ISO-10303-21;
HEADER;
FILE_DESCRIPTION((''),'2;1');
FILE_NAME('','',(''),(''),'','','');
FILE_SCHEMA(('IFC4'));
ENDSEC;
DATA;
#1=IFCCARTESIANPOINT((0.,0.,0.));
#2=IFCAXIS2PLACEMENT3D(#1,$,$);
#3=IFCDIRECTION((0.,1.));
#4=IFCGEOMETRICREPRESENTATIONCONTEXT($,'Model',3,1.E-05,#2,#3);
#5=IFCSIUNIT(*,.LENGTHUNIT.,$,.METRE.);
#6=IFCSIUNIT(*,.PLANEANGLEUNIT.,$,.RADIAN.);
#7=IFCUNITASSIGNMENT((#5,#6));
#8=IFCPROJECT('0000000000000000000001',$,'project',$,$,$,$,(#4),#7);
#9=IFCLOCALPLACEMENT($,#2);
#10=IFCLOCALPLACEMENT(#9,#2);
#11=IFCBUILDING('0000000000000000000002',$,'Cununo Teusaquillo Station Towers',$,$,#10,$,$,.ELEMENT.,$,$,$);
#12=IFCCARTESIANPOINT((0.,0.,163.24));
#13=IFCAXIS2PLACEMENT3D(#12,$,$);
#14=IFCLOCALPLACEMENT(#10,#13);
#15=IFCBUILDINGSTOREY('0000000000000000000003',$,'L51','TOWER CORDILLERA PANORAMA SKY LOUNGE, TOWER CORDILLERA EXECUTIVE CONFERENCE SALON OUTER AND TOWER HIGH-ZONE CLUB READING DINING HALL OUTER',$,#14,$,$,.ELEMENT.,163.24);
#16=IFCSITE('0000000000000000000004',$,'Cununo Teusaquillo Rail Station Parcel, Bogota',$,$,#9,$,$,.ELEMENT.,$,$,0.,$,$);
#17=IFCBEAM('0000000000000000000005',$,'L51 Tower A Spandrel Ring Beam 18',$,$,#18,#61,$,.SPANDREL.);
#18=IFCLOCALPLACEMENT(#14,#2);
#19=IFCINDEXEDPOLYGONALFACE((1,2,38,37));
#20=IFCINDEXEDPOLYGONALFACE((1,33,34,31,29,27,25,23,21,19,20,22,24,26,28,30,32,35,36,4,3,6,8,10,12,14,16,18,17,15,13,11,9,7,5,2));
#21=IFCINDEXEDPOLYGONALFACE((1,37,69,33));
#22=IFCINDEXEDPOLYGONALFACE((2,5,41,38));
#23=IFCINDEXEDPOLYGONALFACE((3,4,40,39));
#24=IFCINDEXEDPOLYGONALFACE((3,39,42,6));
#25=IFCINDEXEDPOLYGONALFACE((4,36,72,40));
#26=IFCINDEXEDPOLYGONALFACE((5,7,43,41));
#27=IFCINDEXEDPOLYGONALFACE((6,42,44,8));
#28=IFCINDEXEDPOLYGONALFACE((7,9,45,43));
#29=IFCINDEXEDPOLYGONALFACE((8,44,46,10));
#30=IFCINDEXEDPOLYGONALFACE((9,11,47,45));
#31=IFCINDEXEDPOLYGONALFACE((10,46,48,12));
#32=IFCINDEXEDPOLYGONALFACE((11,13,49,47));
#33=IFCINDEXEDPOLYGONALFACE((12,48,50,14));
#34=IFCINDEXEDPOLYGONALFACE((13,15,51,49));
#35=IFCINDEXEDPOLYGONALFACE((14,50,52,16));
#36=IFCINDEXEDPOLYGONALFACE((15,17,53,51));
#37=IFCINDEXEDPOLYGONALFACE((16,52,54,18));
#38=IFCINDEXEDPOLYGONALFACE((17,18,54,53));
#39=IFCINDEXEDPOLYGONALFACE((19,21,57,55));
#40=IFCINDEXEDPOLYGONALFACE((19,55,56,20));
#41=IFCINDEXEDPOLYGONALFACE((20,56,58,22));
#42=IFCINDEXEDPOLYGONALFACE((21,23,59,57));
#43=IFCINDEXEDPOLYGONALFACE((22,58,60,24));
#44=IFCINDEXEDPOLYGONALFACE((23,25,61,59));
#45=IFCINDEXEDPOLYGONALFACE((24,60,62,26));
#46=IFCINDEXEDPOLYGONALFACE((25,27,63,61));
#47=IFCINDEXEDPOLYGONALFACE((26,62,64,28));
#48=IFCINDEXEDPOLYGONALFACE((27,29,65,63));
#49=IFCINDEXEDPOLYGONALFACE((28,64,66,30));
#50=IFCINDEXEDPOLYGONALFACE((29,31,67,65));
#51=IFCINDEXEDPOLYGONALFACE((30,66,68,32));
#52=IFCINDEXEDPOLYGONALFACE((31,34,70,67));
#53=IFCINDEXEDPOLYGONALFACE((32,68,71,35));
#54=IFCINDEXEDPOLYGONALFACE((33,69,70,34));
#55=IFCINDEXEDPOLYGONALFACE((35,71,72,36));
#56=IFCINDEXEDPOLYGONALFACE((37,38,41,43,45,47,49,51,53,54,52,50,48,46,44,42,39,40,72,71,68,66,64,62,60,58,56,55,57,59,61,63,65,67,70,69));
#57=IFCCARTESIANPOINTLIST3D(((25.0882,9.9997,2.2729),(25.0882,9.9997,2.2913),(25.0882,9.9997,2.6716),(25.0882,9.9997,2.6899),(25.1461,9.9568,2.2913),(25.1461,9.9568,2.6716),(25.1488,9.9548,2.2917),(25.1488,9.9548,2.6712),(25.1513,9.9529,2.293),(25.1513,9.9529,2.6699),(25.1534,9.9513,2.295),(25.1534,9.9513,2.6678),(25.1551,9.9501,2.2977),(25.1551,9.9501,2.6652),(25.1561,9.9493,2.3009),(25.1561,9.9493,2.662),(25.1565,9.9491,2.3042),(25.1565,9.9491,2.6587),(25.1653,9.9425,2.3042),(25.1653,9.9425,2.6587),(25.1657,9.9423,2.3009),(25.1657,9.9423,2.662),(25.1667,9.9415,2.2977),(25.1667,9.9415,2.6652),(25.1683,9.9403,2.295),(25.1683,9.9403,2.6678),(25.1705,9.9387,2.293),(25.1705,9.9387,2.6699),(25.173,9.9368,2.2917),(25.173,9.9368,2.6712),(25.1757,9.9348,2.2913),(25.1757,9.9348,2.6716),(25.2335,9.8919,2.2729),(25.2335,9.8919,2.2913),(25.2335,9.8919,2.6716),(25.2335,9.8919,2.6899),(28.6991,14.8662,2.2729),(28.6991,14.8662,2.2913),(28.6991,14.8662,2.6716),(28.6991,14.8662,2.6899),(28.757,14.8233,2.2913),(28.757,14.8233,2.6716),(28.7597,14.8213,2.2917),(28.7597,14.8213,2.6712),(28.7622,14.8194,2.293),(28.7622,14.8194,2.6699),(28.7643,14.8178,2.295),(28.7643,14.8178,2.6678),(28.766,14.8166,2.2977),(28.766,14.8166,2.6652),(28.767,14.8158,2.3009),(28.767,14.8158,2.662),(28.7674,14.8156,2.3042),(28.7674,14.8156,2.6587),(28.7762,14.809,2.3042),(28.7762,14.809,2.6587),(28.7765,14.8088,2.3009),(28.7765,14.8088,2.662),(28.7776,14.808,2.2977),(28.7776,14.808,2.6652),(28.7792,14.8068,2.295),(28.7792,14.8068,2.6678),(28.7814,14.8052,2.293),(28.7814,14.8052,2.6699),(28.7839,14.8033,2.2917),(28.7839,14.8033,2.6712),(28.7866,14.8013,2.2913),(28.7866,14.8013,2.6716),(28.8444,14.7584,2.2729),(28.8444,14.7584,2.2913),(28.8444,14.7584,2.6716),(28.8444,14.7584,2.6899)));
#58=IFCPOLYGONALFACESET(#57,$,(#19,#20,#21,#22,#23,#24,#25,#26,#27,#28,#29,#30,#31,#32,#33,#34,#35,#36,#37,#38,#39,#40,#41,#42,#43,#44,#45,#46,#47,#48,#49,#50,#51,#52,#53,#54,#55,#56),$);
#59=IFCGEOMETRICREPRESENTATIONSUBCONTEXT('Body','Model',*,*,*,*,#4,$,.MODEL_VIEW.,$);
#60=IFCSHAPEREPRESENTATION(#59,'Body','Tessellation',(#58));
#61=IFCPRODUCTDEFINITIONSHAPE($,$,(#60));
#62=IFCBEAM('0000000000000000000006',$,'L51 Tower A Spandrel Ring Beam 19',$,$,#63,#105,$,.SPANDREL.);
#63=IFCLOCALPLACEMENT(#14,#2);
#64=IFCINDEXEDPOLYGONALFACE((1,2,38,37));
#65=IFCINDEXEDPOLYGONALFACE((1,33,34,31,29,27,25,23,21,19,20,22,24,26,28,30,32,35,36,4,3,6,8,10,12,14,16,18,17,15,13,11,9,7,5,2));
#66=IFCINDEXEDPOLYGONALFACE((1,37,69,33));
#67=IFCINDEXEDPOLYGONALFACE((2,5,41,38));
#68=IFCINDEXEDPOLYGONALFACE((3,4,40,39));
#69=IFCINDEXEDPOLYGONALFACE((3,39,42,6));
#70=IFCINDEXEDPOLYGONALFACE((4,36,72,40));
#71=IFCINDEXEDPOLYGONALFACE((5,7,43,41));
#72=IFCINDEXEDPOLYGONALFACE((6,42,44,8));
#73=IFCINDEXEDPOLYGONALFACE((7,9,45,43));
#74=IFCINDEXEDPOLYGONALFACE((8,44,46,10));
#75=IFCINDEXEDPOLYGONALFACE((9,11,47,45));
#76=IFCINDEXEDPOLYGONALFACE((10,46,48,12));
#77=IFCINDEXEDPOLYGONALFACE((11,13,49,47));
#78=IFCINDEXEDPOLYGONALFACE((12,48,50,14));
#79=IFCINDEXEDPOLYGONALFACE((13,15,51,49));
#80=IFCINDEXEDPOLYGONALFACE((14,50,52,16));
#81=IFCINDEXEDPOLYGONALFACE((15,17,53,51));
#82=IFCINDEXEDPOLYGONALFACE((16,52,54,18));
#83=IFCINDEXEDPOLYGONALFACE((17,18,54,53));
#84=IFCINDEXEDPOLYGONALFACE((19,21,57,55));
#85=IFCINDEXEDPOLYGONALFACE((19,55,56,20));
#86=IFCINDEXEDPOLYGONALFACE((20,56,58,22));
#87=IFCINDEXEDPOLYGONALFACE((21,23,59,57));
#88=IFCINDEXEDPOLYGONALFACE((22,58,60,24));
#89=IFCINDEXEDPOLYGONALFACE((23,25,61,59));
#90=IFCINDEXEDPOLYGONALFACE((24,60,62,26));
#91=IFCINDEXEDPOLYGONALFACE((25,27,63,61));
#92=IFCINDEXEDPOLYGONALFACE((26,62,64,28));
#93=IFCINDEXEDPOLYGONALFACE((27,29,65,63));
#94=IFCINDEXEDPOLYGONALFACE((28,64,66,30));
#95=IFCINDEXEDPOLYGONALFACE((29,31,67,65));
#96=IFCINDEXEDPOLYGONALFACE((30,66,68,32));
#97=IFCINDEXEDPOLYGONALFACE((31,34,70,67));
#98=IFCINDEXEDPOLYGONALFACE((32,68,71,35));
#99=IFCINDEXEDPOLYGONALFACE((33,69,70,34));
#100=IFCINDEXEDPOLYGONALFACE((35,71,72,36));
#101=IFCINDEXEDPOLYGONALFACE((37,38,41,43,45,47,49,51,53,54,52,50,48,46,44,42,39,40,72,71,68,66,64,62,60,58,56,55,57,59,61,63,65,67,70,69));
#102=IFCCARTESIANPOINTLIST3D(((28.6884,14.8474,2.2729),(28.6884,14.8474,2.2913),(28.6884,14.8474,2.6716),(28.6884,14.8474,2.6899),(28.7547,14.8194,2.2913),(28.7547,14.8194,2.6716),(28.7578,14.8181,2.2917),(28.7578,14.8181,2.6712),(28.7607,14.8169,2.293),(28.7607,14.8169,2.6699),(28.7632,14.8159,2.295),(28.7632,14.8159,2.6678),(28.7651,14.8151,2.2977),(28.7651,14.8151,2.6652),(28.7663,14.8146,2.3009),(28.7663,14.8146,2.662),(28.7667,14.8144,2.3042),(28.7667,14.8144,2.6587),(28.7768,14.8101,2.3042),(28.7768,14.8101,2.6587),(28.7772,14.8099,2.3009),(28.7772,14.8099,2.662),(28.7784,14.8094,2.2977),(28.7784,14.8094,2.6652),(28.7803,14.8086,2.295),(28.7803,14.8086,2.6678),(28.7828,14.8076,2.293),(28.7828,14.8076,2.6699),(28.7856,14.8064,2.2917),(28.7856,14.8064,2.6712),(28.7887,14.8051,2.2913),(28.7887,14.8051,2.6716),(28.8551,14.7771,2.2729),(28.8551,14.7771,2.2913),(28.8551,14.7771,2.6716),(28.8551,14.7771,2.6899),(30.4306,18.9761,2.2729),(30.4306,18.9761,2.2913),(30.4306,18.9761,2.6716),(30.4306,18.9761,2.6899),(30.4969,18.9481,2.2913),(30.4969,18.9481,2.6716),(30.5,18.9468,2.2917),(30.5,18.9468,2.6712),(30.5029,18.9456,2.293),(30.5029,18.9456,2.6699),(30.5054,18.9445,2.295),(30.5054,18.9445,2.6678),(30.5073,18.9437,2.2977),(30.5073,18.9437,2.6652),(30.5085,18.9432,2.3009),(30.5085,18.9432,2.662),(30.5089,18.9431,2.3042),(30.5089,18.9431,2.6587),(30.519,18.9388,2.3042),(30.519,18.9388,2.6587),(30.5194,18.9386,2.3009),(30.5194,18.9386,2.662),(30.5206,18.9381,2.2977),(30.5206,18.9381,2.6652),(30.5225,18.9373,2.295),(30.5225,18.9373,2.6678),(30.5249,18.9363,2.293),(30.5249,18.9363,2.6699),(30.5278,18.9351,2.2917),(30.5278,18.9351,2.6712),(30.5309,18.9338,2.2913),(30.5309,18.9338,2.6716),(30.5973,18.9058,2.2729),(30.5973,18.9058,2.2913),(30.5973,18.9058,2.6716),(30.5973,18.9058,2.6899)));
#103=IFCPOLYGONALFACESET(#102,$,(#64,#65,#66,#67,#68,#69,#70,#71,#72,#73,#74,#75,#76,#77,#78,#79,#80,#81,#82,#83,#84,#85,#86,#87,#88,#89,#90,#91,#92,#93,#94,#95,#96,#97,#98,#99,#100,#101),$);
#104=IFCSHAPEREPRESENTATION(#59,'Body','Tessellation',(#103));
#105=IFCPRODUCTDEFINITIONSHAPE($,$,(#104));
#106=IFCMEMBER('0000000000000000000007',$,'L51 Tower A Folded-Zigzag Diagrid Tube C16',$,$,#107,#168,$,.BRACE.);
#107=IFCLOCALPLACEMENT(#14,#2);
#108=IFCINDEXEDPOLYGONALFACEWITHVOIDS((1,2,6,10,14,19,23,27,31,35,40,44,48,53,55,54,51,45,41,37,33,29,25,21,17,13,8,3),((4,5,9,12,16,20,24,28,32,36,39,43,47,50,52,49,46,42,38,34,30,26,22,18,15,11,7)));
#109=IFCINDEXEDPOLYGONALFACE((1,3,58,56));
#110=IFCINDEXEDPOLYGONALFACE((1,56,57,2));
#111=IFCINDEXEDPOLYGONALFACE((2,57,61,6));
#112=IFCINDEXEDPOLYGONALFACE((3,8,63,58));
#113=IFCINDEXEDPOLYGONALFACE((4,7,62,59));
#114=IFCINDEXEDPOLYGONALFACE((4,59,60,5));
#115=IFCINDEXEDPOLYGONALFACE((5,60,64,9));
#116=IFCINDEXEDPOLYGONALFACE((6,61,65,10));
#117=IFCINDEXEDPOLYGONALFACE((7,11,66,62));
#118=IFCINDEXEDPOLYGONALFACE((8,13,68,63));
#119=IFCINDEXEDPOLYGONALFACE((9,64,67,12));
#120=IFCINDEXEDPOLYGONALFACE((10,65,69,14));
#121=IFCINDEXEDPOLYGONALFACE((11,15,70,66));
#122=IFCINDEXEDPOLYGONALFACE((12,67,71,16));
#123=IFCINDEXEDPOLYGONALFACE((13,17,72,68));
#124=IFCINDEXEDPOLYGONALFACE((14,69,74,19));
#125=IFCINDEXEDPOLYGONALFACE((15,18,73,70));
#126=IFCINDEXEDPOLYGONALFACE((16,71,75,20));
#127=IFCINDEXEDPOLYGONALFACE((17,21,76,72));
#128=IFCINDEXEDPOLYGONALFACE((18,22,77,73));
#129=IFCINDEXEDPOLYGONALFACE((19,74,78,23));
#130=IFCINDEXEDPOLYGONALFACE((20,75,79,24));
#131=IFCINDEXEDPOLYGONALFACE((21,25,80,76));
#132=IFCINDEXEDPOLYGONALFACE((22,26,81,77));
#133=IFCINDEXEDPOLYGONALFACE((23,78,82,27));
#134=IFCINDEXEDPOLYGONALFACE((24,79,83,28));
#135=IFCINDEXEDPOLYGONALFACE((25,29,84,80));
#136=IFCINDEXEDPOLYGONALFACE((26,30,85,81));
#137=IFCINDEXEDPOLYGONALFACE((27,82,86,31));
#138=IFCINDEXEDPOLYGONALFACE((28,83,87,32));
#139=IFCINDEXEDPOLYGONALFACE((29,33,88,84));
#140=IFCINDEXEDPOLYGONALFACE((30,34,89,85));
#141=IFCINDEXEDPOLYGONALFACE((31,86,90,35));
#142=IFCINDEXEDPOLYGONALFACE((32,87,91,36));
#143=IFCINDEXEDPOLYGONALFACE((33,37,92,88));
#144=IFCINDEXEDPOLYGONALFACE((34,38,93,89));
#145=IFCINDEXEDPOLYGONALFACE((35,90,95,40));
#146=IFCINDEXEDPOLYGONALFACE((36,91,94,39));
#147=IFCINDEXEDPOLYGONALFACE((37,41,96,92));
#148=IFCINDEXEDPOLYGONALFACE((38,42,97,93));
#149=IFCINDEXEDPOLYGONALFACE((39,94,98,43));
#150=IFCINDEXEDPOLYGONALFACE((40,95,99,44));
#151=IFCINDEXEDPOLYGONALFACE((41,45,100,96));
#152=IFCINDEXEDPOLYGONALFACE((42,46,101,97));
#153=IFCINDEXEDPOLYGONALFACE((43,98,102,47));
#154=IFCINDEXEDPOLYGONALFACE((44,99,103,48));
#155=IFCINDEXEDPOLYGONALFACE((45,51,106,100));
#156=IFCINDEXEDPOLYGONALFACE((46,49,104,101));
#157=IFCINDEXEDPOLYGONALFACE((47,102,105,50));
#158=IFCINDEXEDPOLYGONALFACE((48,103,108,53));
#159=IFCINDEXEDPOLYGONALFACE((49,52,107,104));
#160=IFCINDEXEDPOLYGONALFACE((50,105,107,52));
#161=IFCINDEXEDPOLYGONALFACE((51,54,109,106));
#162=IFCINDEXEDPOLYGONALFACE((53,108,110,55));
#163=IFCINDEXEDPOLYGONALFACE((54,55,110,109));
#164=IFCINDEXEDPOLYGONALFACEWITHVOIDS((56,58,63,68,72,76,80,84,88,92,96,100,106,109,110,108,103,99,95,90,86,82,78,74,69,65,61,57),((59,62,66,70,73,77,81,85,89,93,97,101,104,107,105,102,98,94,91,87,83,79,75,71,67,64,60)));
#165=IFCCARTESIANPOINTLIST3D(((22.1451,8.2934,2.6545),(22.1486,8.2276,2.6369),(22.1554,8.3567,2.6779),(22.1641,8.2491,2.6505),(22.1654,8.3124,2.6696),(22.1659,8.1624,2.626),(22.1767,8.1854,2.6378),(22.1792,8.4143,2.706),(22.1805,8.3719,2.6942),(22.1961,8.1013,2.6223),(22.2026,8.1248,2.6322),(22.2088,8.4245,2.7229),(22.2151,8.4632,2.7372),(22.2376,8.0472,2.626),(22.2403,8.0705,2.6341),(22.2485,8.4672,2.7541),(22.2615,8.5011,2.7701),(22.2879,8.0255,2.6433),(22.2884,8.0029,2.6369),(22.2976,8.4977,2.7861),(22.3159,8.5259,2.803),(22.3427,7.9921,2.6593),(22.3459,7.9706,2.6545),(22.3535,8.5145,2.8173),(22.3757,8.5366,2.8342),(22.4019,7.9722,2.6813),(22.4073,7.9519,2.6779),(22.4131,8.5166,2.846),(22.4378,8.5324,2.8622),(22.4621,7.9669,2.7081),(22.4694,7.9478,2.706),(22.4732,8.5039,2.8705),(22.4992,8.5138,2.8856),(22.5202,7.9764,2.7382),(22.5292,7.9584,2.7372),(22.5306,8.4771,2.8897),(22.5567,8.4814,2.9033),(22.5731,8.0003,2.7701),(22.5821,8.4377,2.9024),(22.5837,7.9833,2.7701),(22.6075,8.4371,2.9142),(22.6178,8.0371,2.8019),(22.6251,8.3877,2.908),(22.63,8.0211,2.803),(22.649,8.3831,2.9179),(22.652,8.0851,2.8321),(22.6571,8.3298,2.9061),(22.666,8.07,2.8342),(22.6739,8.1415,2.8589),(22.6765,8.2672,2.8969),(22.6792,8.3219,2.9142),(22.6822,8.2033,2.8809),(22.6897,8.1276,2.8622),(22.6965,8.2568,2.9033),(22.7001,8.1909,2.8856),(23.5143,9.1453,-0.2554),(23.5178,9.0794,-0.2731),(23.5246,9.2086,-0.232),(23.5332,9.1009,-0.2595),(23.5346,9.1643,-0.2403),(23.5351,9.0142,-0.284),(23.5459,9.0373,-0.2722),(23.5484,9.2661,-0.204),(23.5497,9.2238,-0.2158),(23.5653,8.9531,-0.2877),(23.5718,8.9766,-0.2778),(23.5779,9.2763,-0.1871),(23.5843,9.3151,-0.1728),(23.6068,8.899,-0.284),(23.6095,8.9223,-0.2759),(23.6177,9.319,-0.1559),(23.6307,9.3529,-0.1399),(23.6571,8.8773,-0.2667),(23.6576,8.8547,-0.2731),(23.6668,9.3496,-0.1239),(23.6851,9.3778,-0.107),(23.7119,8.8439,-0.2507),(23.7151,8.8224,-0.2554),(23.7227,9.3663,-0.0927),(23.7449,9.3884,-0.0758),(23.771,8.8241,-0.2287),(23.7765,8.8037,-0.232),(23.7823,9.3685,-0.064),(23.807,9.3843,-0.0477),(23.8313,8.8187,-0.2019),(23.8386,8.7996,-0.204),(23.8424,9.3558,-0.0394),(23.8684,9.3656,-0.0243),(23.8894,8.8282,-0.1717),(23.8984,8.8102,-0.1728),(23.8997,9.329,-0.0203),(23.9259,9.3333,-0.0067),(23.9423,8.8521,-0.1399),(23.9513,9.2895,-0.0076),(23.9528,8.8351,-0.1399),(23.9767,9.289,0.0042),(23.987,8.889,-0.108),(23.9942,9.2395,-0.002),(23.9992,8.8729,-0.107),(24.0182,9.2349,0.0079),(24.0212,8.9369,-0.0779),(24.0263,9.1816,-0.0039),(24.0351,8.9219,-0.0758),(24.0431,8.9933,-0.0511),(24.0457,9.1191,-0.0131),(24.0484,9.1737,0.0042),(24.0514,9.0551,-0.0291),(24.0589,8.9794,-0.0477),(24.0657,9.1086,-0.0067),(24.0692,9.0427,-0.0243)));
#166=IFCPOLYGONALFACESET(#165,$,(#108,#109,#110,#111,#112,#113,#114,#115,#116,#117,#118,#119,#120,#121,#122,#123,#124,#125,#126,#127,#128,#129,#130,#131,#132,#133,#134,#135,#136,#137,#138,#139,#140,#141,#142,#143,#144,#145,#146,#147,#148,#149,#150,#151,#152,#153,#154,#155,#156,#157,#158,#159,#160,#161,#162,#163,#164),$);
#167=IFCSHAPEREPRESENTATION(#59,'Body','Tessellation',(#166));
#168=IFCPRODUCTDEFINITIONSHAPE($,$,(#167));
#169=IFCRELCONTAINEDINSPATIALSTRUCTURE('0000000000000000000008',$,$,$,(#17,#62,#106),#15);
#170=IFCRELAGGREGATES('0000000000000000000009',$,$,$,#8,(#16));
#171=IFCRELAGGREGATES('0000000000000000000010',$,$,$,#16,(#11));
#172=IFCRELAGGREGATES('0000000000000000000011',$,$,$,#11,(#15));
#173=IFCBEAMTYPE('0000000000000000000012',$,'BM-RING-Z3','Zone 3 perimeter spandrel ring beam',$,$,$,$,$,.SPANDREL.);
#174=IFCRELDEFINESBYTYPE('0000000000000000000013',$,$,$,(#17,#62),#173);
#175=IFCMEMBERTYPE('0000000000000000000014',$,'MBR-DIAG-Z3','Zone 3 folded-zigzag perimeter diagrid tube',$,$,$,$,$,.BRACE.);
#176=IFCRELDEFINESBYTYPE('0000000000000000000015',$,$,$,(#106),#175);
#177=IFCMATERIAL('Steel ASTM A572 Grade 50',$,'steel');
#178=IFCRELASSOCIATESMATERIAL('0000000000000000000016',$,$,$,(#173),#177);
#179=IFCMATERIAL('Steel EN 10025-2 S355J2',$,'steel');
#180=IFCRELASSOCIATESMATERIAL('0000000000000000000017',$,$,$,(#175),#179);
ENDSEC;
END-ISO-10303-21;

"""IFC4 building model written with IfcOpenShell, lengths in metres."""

from ifc_helpers import new_model, si_unit, direction, frame, origin, origin_2d, place, context, subcontext, project, spatial, hollow_circle, i_section, extrude, material, material_profile, profile_set, type_object, element, save


model = new_model("IFC4")

# Units and contexts
model_context = context("Model", 3, precision=1e-05, world=origin(), true_north=direction((0.0, 1.0)))
body_context = subcontext(model_context, "Body", "Model", "MODEL_VIEW")
ifc_project = project(units=[si_unit("LENGTHUNIT", "METRE"), si_unit("PLANEANGLEUNIT", "RADIAN")], contexts=[model_context])

# Site, building, storey
site_placement = place(None, origin())
site = spatial("IfcSite", under=ifc_project, at=site_placement, Name="Cununo Teusaquillo Rail Station Parcel, Bogota", CompositionType="ELEMENT", RefElevation=0.0)
building_placement = place(site_placement, origin())
building = spatial("IfcBuilding", under=site, at=building_placement, Name="Cununo Teusaquillo Station Towers", CompositionType="ELEMENT")
storey_placement = place(building_placement, frame((0.0, 0.0, 163.24)))
storey = spatial("IfcBuildingStorey", under=building, at=storey_placement, Name="L51", Description="TOWER CORDILLERA PANORAMA SKY LOUNGE, TOWER CORDILLERA EXECUTIVE CONFERENCE SALON OUTER AND TOWER HIGH-ZONE CLUB READING DINING HALL OUTER", CompositionType="ELEMENT", Elevation=163.24)

# Beams
ifc_material_1 = material(Name="Steel ASTM A572 Grade 50", Category="steel")
ifc_material_profile_1 = material_profile(ifc_material_1, i_section(OverallWidth=0.1809, OverallDepth=0.417, WebThickness=0.011, FlangeThickness=0.0183, FilletRadius=0.0129, at=origin_2d()), Name="W16X57")
ifc_profile_set_1 = profile_set([ifc_material_profile_1], Name="Steel ASTM A572 Grade 50")
beam_type_1 = type_object("IfcBeamType", Name="BM-RING-Z3", Description="Zone 3 perimeter spandrel ring beam", PredefinedType="SPANDREL", material=ifc_profile_set_1)
beam_1_placement = place(storey_placement, frame((25.1609, 9.9458, 2.4814), z_axis=(0.595873, 0.803079, 0.0), x_axis=(-0.803079, 0.595873, 0.0)))
element("IfcBeam", 1, at=beam_1_placement, inside=storey, type_object=beam_type_1, Name="L51 Tower A Spandrel Ring Beam 18", PredefinedType="SPANDREL", context=body_context, shape_type="SweptSolid", body=[
    extrude(i_section(OverallWidth=0.1809, OverallDepth=0.417, WebThickness=0.011, FlangeThickness=0.0183, FilletRadius=0.0129, at=origin_2d()), origin(), (0.0, 0.0, 1.0), 6.0598),
])
beam_2_placement = place(storey_placement, frame((28.7717, 14.8123, 2.4814), z_axis=(0.388778, 0.921332, 0.0), x_axis=(-0.921332, 0.388778, 0.0)))
element("IfcBeam", 2, at=beam_2_placement, inside=storey, type_object=beam_type_1, Name="L51 Tower A Spandrel Ring Beam 19", PredefinedType="SPANDREL", context=body_context, shape_type="SweptSolid", body=[
    extrude(i_section(OverallWidth=0.1809, OverallDepth=0.417, WebThickness=0.011, FlangeThickness=0.0183, FilletRadius=0.0129, at=origin_2d()), origin(), (0.0, 0.0, 1.0), 4.4812),
])

# Member
ifc_material_2 = material(Name="Steel EN 10025-2 S355J2", Category="steel")
ifc_material_profile_2 = material_profile(ifc_material_2, hollow_circle(Radius=0.3049, WallThickness=0.02, at=origin_2d()), Name="CHS 610x20")
ifc_profile_set_2 = profile_set([ifc_material_profile_2], Name="Steel EN 10025-2 S355J2")
member_type = type_object("IfcMemberType", Name="MBR-DIAG-Z3", Description="Zone 3 folded-zigzag perimeter diagrid tube", PredefinedType="BRACE", material=ifc_profile_set_2)
member_1_placement = place(storey_placement, frame((23.7917, 9.094, -0.1399), z_axis=(-0.411547, -0.256043, 0.874684), x_axis=(0.528256, -0.849085, 0.0)))
element("IfcMember", 3, at=member_1_placement, inside=storey, type_object=member_type, Name="L51 Tower A Folded-Zigzag Diagrid Tube C16", PredefinedType="BRACE", context=body_context, shape_type="SweptSolid", body=[
    extrude(hollow_circle(Radius=0.3049, WallThickness=0.02, at=origin_2d()), origin(), (0.0, 0.0, 1.0), 3.3269),
])

save(model, "model.ifc")
